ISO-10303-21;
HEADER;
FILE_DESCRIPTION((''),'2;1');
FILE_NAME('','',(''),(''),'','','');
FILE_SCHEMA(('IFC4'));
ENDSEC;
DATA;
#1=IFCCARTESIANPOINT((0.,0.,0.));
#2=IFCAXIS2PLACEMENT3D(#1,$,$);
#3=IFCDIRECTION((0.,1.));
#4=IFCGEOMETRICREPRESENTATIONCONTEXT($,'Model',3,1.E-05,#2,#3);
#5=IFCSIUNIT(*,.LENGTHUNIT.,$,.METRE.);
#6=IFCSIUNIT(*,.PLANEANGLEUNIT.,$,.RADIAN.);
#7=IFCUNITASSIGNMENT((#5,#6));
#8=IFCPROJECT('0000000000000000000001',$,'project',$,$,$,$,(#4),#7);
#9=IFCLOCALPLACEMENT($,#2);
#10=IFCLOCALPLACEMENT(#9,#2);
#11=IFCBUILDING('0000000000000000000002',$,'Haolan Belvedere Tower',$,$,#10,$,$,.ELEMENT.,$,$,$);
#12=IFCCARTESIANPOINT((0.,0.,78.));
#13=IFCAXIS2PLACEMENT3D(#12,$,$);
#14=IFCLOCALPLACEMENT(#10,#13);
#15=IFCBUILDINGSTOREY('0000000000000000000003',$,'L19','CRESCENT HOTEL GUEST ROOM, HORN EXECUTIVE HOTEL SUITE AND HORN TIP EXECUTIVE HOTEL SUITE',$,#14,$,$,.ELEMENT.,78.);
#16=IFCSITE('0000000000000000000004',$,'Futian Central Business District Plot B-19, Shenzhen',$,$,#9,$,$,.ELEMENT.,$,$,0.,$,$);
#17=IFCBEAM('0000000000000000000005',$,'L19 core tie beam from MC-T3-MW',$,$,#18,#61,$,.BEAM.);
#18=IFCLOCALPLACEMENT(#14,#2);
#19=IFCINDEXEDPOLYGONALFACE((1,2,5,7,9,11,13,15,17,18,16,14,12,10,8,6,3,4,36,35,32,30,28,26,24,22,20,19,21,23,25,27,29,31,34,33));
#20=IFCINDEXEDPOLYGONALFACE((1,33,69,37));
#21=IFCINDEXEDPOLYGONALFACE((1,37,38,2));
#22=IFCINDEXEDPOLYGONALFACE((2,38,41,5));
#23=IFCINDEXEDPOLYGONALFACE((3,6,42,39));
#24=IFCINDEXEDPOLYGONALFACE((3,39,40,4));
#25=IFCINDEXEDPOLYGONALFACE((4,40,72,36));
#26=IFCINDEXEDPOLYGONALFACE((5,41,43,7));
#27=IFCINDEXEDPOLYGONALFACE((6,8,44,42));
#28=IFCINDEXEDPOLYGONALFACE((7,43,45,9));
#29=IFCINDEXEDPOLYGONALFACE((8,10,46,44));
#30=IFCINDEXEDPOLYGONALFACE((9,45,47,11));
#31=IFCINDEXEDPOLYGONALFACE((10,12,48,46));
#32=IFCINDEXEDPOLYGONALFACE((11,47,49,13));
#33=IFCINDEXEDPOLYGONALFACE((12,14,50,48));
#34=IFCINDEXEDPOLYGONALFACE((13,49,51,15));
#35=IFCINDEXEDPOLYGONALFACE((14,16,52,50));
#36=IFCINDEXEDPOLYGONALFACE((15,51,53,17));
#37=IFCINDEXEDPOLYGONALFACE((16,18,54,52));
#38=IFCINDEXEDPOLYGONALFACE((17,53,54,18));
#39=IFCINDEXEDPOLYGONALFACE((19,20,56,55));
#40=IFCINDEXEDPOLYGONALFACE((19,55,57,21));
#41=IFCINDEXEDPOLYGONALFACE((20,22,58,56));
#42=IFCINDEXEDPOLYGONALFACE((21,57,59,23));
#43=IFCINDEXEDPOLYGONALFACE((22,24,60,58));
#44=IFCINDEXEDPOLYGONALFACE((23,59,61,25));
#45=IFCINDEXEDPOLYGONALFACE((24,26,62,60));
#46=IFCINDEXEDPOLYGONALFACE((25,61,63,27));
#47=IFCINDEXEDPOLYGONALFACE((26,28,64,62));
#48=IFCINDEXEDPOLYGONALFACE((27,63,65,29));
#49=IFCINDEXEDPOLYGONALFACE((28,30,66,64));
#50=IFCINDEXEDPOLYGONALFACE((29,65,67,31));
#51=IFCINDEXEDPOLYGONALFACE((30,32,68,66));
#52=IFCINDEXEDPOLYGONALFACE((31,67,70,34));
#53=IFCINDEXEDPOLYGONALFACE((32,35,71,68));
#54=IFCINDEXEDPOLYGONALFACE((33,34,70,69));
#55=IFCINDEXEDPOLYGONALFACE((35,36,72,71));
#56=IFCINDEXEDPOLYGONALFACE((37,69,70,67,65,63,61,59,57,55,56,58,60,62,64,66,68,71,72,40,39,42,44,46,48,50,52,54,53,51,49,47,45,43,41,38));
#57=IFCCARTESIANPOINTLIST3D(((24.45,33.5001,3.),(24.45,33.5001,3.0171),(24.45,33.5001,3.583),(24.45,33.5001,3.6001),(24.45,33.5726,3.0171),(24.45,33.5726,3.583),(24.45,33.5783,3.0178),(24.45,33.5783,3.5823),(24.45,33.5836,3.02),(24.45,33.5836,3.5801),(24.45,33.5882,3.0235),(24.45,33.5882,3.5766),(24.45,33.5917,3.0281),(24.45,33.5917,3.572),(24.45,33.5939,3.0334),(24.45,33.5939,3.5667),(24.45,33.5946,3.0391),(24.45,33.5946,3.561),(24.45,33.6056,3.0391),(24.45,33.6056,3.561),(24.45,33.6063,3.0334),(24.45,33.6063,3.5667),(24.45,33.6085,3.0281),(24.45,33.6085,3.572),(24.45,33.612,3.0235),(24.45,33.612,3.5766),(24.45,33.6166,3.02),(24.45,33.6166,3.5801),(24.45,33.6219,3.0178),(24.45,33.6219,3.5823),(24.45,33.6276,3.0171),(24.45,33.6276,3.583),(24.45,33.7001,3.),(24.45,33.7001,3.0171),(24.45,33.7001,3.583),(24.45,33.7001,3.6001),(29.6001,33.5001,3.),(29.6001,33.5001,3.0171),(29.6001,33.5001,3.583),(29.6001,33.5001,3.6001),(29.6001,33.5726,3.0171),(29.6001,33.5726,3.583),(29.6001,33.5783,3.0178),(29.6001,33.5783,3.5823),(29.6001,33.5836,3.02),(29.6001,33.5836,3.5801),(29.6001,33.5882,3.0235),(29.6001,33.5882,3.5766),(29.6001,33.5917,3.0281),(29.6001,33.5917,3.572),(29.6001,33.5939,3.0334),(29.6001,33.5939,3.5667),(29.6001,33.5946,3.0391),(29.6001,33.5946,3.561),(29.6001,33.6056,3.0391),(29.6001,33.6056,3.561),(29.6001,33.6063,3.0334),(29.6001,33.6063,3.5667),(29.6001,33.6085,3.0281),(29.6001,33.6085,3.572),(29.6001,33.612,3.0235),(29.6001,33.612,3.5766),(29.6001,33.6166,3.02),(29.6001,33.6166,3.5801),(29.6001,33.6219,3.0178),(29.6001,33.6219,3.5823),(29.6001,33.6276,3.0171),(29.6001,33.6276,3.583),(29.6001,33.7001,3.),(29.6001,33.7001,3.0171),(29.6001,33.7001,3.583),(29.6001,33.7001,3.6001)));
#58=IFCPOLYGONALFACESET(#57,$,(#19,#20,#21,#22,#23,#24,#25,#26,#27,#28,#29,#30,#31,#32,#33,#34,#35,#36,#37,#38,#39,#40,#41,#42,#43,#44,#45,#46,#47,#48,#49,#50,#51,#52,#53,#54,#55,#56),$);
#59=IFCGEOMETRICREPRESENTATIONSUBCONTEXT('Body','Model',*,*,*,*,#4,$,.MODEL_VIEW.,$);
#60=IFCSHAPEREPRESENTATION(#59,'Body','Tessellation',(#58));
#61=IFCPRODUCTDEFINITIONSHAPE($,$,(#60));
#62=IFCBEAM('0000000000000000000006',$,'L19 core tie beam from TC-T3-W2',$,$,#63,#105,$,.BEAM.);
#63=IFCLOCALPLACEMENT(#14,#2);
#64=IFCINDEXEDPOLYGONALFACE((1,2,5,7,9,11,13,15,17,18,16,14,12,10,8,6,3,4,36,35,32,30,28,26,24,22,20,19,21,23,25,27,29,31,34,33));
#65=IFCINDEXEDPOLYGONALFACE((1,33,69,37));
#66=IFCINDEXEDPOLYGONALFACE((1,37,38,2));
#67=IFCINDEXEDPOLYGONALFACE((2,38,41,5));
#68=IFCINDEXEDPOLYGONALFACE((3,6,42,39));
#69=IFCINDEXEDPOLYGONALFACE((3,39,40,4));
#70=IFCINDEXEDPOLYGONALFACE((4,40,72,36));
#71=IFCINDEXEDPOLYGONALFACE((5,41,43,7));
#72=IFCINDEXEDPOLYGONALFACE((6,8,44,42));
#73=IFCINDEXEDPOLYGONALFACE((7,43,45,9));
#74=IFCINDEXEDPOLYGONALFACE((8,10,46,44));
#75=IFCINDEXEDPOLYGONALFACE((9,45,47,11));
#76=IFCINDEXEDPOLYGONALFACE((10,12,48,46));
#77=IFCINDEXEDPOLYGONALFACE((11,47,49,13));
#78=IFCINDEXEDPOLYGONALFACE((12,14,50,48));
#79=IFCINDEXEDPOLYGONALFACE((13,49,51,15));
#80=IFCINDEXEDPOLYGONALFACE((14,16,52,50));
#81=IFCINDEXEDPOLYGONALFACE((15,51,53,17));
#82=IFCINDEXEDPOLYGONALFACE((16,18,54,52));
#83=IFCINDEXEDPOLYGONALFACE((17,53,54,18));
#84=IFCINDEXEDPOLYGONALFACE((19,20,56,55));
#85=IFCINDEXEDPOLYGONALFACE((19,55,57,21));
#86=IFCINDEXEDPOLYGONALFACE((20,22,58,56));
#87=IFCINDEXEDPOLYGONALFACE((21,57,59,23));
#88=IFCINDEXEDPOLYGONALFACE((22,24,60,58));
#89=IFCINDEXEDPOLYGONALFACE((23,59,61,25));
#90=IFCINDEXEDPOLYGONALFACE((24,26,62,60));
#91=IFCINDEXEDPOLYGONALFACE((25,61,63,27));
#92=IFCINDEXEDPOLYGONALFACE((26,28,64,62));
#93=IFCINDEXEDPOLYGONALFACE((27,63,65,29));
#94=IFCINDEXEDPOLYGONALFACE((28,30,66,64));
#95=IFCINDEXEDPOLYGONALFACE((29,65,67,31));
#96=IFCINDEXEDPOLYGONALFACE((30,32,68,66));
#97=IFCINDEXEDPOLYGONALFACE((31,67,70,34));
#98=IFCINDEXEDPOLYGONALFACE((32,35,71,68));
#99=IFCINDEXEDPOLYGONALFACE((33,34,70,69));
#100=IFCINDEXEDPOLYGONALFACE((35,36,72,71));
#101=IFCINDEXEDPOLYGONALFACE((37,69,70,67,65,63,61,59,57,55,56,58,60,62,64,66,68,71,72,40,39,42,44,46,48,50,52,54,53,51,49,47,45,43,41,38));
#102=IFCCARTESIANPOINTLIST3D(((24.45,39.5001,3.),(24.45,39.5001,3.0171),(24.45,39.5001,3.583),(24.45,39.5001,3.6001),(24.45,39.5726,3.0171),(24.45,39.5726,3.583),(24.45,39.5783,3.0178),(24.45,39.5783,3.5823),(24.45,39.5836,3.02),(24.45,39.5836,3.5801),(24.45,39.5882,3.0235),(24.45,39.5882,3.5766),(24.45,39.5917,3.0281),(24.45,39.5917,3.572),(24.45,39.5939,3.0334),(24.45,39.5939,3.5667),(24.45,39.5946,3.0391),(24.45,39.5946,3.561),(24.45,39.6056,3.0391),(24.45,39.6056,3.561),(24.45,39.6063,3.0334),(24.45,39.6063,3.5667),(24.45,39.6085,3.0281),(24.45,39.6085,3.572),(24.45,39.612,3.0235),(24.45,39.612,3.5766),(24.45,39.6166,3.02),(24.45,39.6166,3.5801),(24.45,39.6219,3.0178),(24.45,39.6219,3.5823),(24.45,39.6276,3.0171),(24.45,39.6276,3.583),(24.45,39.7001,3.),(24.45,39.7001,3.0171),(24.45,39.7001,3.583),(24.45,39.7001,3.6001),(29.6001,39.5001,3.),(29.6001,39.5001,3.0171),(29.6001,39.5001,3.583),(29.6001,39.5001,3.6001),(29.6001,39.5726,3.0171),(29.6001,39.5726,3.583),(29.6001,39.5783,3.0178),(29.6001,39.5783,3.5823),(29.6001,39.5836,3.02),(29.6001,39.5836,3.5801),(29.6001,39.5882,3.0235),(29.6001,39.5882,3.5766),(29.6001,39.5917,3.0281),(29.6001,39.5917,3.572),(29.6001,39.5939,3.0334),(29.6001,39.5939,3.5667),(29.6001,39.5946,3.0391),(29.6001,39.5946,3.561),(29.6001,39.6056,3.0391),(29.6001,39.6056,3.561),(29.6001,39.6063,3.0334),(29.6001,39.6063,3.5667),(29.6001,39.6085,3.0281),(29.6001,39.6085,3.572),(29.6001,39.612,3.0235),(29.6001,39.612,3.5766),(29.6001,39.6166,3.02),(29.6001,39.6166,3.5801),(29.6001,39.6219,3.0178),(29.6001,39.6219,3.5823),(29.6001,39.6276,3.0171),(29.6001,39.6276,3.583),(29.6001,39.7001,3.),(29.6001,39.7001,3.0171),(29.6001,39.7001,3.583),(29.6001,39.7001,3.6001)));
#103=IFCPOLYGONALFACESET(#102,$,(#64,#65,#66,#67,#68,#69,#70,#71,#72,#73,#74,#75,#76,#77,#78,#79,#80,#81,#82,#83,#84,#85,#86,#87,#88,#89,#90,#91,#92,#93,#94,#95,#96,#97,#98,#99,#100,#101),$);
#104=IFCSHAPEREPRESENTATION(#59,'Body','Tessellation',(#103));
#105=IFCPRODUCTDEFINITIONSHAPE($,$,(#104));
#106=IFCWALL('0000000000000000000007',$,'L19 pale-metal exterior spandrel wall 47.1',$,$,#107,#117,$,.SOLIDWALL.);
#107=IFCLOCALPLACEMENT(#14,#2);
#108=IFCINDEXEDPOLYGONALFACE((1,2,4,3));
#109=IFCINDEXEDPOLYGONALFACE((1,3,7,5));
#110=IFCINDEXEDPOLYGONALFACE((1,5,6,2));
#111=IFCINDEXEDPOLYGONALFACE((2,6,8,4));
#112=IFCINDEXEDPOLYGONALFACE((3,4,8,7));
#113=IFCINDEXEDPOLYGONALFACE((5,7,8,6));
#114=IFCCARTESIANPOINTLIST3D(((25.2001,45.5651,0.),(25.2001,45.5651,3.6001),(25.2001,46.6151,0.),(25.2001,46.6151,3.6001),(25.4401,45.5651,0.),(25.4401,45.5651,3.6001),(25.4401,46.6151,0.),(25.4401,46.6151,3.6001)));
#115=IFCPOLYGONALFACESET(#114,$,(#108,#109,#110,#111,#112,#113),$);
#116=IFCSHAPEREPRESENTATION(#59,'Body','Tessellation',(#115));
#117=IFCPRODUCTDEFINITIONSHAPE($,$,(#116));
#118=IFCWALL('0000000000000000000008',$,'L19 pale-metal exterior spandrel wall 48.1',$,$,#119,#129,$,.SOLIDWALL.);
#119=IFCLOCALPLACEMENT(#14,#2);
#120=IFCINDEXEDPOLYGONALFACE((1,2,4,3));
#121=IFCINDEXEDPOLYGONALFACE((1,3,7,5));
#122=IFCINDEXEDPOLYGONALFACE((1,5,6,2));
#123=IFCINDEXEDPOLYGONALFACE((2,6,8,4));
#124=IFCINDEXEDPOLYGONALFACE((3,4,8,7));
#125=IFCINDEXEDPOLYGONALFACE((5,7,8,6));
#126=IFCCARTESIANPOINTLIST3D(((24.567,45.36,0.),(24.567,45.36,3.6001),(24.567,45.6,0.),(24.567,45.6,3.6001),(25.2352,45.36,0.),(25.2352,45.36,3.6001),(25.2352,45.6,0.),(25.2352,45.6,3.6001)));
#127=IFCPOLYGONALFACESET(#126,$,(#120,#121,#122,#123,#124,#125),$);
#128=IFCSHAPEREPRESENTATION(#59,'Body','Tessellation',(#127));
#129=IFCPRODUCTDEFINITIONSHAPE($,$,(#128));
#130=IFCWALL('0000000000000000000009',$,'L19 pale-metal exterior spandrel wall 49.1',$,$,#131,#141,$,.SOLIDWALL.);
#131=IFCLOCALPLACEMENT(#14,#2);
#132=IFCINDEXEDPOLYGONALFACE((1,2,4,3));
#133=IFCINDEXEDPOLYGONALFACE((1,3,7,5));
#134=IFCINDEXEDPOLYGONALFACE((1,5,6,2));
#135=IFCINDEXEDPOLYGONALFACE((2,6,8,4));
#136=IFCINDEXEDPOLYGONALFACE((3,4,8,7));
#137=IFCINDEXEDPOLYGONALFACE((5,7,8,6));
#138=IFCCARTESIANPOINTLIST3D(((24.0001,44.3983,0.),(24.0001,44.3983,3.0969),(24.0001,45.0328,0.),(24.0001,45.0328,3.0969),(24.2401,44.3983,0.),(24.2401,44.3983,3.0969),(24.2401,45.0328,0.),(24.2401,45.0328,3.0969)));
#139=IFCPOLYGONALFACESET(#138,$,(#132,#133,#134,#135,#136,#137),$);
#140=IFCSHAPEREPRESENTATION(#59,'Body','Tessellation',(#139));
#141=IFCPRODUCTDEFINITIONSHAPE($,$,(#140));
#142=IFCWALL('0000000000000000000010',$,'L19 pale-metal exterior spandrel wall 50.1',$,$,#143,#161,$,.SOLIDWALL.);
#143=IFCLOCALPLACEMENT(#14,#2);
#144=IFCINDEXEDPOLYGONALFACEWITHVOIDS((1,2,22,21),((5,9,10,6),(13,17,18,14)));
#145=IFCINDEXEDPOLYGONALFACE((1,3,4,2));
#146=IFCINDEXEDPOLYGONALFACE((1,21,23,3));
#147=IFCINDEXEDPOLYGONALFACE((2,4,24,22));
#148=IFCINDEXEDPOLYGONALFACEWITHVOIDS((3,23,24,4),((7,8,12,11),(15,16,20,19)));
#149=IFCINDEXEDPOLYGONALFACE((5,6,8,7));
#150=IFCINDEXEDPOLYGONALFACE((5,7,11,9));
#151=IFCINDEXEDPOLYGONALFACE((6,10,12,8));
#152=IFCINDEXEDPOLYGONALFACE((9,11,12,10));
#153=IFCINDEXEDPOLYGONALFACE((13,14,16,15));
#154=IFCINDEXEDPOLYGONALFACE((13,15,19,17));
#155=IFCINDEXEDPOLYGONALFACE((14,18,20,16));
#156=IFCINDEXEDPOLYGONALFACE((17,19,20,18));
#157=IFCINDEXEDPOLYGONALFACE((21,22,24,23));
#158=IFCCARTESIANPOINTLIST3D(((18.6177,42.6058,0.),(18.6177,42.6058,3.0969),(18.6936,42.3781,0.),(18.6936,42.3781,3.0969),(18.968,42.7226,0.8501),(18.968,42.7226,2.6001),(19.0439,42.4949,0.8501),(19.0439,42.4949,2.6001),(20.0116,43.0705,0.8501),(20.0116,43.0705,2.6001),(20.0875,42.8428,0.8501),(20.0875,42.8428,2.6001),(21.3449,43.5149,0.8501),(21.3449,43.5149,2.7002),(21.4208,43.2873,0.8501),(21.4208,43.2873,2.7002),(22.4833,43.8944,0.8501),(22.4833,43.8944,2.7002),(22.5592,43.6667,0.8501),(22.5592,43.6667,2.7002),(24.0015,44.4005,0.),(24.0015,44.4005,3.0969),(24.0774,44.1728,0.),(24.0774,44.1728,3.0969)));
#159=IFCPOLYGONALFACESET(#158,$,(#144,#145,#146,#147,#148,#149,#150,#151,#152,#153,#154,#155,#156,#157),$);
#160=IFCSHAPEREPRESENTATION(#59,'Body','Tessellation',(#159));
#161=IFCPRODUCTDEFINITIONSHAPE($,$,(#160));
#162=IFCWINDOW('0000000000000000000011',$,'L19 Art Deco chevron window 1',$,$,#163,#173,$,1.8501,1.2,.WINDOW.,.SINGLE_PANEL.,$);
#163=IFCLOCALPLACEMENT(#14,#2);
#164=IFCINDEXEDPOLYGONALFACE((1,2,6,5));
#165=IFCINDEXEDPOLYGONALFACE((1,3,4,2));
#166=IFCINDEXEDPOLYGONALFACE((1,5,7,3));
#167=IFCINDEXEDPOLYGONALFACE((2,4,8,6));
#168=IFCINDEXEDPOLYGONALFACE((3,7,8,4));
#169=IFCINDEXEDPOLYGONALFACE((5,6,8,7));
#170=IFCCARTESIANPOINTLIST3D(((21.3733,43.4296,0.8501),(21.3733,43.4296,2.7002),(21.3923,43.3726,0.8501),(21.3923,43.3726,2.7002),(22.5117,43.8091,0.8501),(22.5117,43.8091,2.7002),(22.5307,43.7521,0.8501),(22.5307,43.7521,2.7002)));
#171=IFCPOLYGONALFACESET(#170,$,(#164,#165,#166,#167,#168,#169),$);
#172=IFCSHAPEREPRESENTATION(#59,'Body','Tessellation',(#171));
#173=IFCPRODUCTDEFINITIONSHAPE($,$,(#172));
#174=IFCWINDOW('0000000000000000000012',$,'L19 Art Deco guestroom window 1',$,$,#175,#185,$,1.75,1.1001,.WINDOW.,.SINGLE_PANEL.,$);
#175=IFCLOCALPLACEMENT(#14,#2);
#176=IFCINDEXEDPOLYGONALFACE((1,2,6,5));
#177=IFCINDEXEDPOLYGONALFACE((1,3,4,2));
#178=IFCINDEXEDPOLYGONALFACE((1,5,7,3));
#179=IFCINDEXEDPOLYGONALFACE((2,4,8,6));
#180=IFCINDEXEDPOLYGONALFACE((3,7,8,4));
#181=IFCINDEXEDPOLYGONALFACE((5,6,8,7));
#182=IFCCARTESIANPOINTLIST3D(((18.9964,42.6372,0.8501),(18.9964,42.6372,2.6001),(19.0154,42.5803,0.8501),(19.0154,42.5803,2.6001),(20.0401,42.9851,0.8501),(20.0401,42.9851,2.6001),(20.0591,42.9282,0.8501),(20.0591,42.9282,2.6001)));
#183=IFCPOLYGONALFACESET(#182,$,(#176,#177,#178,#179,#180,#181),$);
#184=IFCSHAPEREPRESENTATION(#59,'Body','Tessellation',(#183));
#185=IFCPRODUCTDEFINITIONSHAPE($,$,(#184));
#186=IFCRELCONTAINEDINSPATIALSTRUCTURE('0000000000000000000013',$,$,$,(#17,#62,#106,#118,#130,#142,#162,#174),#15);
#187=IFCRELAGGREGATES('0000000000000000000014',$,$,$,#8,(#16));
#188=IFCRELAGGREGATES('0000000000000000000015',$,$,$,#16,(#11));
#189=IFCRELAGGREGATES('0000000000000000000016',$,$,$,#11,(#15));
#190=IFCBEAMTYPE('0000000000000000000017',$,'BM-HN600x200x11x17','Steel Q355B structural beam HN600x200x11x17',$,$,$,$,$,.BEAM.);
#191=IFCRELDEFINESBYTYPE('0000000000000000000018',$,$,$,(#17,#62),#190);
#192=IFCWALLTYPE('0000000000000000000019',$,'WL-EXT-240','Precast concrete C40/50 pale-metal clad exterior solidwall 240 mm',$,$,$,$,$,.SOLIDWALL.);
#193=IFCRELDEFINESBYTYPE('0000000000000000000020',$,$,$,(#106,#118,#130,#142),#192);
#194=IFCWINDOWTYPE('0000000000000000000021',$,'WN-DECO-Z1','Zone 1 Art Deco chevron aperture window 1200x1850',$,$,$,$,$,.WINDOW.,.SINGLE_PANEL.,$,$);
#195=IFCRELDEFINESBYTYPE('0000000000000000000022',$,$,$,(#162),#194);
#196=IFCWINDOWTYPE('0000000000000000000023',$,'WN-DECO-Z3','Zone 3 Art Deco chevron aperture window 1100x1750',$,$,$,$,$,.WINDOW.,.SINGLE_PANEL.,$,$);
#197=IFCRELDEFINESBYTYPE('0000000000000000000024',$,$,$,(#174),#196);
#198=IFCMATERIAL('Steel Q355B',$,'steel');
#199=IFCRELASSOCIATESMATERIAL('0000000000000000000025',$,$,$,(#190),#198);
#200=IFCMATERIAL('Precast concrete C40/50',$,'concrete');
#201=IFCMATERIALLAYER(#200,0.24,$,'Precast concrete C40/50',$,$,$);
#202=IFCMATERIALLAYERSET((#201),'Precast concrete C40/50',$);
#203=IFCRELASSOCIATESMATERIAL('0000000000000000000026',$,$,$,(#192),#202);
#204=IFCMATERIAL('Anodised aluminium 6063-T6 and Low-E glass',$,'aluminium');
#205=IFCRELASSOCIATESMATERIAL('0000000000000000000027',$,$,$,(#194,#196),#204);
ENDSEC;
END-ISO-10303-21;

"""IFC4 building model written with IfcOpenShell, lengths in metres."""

from ifc_helpers import new_model, si_unit, direction, frame, frame_2d, origin, origin_2d, place, context, subcontext, project, spatial, rectangle, i_section, extrude, material, layer, layer_set, material_profile, profile_set, type_object, element, fill, save


model = new_model("IFC4")

# Units and contexts
model_context = context("Model", 3, precision=1e-05, world=origin(), true_north=direction((0.0, 1.0)))
body_context = subcontext(model_context, "Body", "Model", "MODEL_VIEW")
ifc_project = project(units=[si_unit("LENGTHUNIT", "METRE"), si_unit("PLANEANGLEUNIT", "RADIAN")], contexts=[model_context])

# Site, building, storey
site_placement = place(None, origin())
site = spatial("IfcSite", under=ifc_project, at=site_placement, Name="Futian Central Business District Plot B-19, Shenzhen", CompositionType="ELEMENT", RefElevation=0.0)
building_placement = place(site_placement, origin())
building = spatial("IfcBuilding", under=site, at=building_placement, Name="Haolan Belvedere Tower", CompositionType="ELEMENT")
storey_placement = place(building_placement, frame((0.0, 0.0, 78.0)))
storey = spatial("IfcBuildingStorey", under=building, at=storey_placement, Name="L19", Description="CRESCENT HOTEL GUEST ROOM, HORN EXECUTIVE HOTEL SUITE AND HORN TIP EXECUTIVE HOTEL SUITE", CompositionType="ELEMENT", Elevation=78.0)

# Shared definitions
ifc_material_1 = material(Name="Steel Q355B", Category="steel")

# Beams
ifc_material_profile_1 = material_profile(ifc_material_1, i_section(OverallWidth=0.2, OverallDepth=0.6001, WebThickness=0.011, FlangeThickness=0.0171, FilletRadius=0.022, at=origin_2d()), Name="Steel Q355B")
ifc_profile_set_1 = profile_set([ifc_material_profile_1], Name="Steel Q355B")
beam_type_1 = type_object("IfcBeamType", Name="BM-HN600x200x11x17", Description="Steel Q355B structural beam HN600x200x11x17", PredefinedType="BEAM", material=ifc_profile_set_1)
for number, where, z_axis, x_axis, name in (
    (1, (24.45, 33.6001, 3.3), (1.0, 0.0, 0.0), (0.0, 1.0, 0.0), "L19 core tie beam from MC-T3-MW"),
    (2, (24.45, 39.6001, 3.3), (1.0, 0.0, 0.0), (0.0, 1.0, 0.0), "L19 core tie beam from TC-T3-W2"),
):
    element("IfcBeam", number, at=place(storey_placement, frame(where, z_axis=z_axis, x_axis=x_axis)), inside=storey, type_object=beam_type_1, Name=name, PredefinedType="BEAM", context=body_context, shape_type="SweptSolid", body=[
        extrude(i_section(OverallWidth=0.2, OverallDepth=0.6001, WebThickness=0.011, FlangeThickness=0.0171, FilletRadius=0.022, at=origin_2d()), origin(), (0.0, 0.0, 1.0), 5.1501),
    ])

# Walls
ifc_material_2 = material(Name="Precast concrete C40/50", Category="concrete")
ifc_layer_1 = layer(ifc_material_2, 0.24, Name="Precast concrete C40/50")
ifc_layer_set_1 = layer_set([ifc_layer_1], Name="Precast concrete C40/50")
wall_type_1 = type_object("IfcWallType", Name="WL-EXT-240", Description="Precast concrete C40/50 pale-metal clad exterior solidwall 240 mm", PredefinedType="SOLIDWALL", material=ifc_layer_set_1)
wall_1_placement = place(storey_placement, frame((25.3201, 46.615, 0.0), z_axis=(0.0, 0.0, 1.0), x_axis=(0.0, -1.0, 0.0)))
element("IfcWall", 3, at=wall_1_placement, inside=storey, type_object=wall_type_1, Name="L19 pale-metal exterior spandrel wall 47.1", PredefinedType="SOLIDWALL", context=body_context, shape_type="SweptSolid", body=[
    extrude(rectangle(XDim=1.05, YDim=0.24, at=frame_2d((0.5249, 0.0))), origin(), (0.0, 0.0, 1.0), 3.6001),
])
wall_2_placement = place(storey_placement, frame((25.2351, 45.48, 0.0), z_axis=(0.0, 0.0, 1.0), x_axis=(-1.0, 0.0, 0.0)))
element("IfcWall", 4, at=wall_2_placement, inside=storey, type_object=wall_type_1, Name="L19 pale-metal exterior spandrel wall 48.1", PredefinedType="SOLIDWALL", context=body_context, shape_type="SweptSolid", body=[
    extrude(rectangle(XDim=0.6682, YDim=0.24, at=frame_2d((0.334, 0.0))), origin(), (0.0, 0.0, 1.0), 3.6001),
])
wall_3_placement = place(storey_placement, frame((24.1201, 45.033, 0.0), z_axis=(0.0, 0.0, 1.0), x_axis=(0.0, -1.0, 0.0)))
element("IfcWall", 5, at=wall_3_placement, inside=storey, type_object=wall_type_1, Name="L19 pale-metal exterior spandrel wall 49.1", PredefinedType="SOLIDWALL", context=body_context, shape_type="SweptSolid", body=[
    extrude(rectangle(XDim=0.6345, YDim=0.24, at=frame_2d((0.3174, 0.0))), origin(), (0.0, 0.0, 1.0), 3.0969),
])

# Wall, openings, windows
wall_4_placement = place(storey_placement, frame((24.0393, 44.2866, 0.0), z_axis=(0.0, 0.0, 1.0), x_axis=(-0.948679, -0.316241, 0.0)))
wall_4 = element("IfcWall", 6, at=wall_4_placement, inside=storey, type_object=wall_type_1, Name="L19 pale-metal exterior spandrel wall 50.1", PredefinedType="SOLIDWALL", context=body_context, shape_type="SweptSolid", body=[
    extrude(rectangle(XDim=5.675, YDim=0.24, at=frame_2d((2.8374, 0.0))), origin(), (0.0, 0.0, 1.0), 3.0969),
])
opening_1_placement = place(wall_4_placement, frame((1.6001, 0.0, 0.8501)))
opening_1 = element("IfcOpeningElement", 7, at=opening_1_placement, cuts=wall_4, PredefinedType="OPENING", context=body_context, shape_type="SweptSolid", body=[
    extrude(rectangle(XDim=1.2, YDim=1.8501, at=frame_2d((0.6001, 0.925))), frame((0.0, 0.1299, 0.0), z_axis=(0.0, -1.0, 0.0), x_axis=(1.0, 0.0, 0.0)), (0.0, 0.0, 1.0), 0.26),
])
opening_2_placement = place(wall_4_placement, frame((4.2056, 0.0, 0.8501)))
opening_2 = element("IfcOpeningElement", 8, at=opening_2_placement, cuts=wall_4, PredefinedType="OPENING", context=body_context, shape_type="SweptSolid", body=[
    extrude(rectangle(XDim=1.1001, YDim=1.75, at=frame_2d((0.55, 0.875))), frame((0.0, 0.1299, 0.0), z_axis=(0.0, -1.0, 0.0), x_axis=(1.0, 0.0, 0.0)), (0.0, 0.0, 1.0), 0.26),
])
ifc_material_3 = material(Name="Anodised aluminium 6063-T6 and Low-E glass", Category="aluminium")
window_type_1 = type_object("IfcWindowType", Name="WN-DECO-Z1", Description="Zone 1 Art Deco chevron aperture window 1200x1850", PartitioningType="SINGLE_PANEL", PredefinedType="WINDOW", material=ifc_material_3)
window_1_placement = place(opening_1_placement, origin())
window_1 = element("IfcWindow", 9, at=window_1_placement, inside=storey, type_object=window_type_1, Name="L19 Art Deco chevron window 1", OverallHeight=1.8501, OverallWidth=1.2, PartitioningType="SINGLE_PANEL", PredefinedType="WINDOW", context=body_context, shape_type="SweptSolid", body=[
    extrude(rectangle(XDim=1.2, YDim=1.8501, at=frame_2d((0.6001, 0.925))), frame((0.0, 0.03, 0.0), z_axis=(0.0, -1.0, 0.0), x_axis=(1.0, 0.0, 0.0)), (0.0, 0.0, 1.0), 0.0601),
])
fill(opening_1, window_1)
window_type_2 = type_object("IfcWindowType", Name="WN-DECO-Z3", Description="Zone 3 Art Deco chevron aperture window 1100x1750", PartitioningType="SINGLE_PANEL", PredefinedType="WINDOW", material=ifc_material_3)
window_2_placement = place(opening_2_placement, origin())
window_2 = element("IfcWindow", 10, at=window_2_placement, inside=storey, type_object=window_type_2, Name="L19 Art Deco guestroom window 1", OverallHeight=1.75, OverallWidth=1.1001, PartitioningType="SINGLE_PANEL", PredefinedType="WINDOW", context=body_context, shape_type="SweptSolid", body=[
    extrude(rectangle(XDim=1.1001, YDim=1.75, at=frame_2d((0.55, 0.875))), frame((0.0, 0.03, 0.0), z_axis=(0.0, -1.0, 0.0), x_axis=(1.0, 0.0, 0.0)), (0.0, 0.0, 1.0), 0.0601),
])
fill(opening_2, window_2)

save(model, "model.ifc")
